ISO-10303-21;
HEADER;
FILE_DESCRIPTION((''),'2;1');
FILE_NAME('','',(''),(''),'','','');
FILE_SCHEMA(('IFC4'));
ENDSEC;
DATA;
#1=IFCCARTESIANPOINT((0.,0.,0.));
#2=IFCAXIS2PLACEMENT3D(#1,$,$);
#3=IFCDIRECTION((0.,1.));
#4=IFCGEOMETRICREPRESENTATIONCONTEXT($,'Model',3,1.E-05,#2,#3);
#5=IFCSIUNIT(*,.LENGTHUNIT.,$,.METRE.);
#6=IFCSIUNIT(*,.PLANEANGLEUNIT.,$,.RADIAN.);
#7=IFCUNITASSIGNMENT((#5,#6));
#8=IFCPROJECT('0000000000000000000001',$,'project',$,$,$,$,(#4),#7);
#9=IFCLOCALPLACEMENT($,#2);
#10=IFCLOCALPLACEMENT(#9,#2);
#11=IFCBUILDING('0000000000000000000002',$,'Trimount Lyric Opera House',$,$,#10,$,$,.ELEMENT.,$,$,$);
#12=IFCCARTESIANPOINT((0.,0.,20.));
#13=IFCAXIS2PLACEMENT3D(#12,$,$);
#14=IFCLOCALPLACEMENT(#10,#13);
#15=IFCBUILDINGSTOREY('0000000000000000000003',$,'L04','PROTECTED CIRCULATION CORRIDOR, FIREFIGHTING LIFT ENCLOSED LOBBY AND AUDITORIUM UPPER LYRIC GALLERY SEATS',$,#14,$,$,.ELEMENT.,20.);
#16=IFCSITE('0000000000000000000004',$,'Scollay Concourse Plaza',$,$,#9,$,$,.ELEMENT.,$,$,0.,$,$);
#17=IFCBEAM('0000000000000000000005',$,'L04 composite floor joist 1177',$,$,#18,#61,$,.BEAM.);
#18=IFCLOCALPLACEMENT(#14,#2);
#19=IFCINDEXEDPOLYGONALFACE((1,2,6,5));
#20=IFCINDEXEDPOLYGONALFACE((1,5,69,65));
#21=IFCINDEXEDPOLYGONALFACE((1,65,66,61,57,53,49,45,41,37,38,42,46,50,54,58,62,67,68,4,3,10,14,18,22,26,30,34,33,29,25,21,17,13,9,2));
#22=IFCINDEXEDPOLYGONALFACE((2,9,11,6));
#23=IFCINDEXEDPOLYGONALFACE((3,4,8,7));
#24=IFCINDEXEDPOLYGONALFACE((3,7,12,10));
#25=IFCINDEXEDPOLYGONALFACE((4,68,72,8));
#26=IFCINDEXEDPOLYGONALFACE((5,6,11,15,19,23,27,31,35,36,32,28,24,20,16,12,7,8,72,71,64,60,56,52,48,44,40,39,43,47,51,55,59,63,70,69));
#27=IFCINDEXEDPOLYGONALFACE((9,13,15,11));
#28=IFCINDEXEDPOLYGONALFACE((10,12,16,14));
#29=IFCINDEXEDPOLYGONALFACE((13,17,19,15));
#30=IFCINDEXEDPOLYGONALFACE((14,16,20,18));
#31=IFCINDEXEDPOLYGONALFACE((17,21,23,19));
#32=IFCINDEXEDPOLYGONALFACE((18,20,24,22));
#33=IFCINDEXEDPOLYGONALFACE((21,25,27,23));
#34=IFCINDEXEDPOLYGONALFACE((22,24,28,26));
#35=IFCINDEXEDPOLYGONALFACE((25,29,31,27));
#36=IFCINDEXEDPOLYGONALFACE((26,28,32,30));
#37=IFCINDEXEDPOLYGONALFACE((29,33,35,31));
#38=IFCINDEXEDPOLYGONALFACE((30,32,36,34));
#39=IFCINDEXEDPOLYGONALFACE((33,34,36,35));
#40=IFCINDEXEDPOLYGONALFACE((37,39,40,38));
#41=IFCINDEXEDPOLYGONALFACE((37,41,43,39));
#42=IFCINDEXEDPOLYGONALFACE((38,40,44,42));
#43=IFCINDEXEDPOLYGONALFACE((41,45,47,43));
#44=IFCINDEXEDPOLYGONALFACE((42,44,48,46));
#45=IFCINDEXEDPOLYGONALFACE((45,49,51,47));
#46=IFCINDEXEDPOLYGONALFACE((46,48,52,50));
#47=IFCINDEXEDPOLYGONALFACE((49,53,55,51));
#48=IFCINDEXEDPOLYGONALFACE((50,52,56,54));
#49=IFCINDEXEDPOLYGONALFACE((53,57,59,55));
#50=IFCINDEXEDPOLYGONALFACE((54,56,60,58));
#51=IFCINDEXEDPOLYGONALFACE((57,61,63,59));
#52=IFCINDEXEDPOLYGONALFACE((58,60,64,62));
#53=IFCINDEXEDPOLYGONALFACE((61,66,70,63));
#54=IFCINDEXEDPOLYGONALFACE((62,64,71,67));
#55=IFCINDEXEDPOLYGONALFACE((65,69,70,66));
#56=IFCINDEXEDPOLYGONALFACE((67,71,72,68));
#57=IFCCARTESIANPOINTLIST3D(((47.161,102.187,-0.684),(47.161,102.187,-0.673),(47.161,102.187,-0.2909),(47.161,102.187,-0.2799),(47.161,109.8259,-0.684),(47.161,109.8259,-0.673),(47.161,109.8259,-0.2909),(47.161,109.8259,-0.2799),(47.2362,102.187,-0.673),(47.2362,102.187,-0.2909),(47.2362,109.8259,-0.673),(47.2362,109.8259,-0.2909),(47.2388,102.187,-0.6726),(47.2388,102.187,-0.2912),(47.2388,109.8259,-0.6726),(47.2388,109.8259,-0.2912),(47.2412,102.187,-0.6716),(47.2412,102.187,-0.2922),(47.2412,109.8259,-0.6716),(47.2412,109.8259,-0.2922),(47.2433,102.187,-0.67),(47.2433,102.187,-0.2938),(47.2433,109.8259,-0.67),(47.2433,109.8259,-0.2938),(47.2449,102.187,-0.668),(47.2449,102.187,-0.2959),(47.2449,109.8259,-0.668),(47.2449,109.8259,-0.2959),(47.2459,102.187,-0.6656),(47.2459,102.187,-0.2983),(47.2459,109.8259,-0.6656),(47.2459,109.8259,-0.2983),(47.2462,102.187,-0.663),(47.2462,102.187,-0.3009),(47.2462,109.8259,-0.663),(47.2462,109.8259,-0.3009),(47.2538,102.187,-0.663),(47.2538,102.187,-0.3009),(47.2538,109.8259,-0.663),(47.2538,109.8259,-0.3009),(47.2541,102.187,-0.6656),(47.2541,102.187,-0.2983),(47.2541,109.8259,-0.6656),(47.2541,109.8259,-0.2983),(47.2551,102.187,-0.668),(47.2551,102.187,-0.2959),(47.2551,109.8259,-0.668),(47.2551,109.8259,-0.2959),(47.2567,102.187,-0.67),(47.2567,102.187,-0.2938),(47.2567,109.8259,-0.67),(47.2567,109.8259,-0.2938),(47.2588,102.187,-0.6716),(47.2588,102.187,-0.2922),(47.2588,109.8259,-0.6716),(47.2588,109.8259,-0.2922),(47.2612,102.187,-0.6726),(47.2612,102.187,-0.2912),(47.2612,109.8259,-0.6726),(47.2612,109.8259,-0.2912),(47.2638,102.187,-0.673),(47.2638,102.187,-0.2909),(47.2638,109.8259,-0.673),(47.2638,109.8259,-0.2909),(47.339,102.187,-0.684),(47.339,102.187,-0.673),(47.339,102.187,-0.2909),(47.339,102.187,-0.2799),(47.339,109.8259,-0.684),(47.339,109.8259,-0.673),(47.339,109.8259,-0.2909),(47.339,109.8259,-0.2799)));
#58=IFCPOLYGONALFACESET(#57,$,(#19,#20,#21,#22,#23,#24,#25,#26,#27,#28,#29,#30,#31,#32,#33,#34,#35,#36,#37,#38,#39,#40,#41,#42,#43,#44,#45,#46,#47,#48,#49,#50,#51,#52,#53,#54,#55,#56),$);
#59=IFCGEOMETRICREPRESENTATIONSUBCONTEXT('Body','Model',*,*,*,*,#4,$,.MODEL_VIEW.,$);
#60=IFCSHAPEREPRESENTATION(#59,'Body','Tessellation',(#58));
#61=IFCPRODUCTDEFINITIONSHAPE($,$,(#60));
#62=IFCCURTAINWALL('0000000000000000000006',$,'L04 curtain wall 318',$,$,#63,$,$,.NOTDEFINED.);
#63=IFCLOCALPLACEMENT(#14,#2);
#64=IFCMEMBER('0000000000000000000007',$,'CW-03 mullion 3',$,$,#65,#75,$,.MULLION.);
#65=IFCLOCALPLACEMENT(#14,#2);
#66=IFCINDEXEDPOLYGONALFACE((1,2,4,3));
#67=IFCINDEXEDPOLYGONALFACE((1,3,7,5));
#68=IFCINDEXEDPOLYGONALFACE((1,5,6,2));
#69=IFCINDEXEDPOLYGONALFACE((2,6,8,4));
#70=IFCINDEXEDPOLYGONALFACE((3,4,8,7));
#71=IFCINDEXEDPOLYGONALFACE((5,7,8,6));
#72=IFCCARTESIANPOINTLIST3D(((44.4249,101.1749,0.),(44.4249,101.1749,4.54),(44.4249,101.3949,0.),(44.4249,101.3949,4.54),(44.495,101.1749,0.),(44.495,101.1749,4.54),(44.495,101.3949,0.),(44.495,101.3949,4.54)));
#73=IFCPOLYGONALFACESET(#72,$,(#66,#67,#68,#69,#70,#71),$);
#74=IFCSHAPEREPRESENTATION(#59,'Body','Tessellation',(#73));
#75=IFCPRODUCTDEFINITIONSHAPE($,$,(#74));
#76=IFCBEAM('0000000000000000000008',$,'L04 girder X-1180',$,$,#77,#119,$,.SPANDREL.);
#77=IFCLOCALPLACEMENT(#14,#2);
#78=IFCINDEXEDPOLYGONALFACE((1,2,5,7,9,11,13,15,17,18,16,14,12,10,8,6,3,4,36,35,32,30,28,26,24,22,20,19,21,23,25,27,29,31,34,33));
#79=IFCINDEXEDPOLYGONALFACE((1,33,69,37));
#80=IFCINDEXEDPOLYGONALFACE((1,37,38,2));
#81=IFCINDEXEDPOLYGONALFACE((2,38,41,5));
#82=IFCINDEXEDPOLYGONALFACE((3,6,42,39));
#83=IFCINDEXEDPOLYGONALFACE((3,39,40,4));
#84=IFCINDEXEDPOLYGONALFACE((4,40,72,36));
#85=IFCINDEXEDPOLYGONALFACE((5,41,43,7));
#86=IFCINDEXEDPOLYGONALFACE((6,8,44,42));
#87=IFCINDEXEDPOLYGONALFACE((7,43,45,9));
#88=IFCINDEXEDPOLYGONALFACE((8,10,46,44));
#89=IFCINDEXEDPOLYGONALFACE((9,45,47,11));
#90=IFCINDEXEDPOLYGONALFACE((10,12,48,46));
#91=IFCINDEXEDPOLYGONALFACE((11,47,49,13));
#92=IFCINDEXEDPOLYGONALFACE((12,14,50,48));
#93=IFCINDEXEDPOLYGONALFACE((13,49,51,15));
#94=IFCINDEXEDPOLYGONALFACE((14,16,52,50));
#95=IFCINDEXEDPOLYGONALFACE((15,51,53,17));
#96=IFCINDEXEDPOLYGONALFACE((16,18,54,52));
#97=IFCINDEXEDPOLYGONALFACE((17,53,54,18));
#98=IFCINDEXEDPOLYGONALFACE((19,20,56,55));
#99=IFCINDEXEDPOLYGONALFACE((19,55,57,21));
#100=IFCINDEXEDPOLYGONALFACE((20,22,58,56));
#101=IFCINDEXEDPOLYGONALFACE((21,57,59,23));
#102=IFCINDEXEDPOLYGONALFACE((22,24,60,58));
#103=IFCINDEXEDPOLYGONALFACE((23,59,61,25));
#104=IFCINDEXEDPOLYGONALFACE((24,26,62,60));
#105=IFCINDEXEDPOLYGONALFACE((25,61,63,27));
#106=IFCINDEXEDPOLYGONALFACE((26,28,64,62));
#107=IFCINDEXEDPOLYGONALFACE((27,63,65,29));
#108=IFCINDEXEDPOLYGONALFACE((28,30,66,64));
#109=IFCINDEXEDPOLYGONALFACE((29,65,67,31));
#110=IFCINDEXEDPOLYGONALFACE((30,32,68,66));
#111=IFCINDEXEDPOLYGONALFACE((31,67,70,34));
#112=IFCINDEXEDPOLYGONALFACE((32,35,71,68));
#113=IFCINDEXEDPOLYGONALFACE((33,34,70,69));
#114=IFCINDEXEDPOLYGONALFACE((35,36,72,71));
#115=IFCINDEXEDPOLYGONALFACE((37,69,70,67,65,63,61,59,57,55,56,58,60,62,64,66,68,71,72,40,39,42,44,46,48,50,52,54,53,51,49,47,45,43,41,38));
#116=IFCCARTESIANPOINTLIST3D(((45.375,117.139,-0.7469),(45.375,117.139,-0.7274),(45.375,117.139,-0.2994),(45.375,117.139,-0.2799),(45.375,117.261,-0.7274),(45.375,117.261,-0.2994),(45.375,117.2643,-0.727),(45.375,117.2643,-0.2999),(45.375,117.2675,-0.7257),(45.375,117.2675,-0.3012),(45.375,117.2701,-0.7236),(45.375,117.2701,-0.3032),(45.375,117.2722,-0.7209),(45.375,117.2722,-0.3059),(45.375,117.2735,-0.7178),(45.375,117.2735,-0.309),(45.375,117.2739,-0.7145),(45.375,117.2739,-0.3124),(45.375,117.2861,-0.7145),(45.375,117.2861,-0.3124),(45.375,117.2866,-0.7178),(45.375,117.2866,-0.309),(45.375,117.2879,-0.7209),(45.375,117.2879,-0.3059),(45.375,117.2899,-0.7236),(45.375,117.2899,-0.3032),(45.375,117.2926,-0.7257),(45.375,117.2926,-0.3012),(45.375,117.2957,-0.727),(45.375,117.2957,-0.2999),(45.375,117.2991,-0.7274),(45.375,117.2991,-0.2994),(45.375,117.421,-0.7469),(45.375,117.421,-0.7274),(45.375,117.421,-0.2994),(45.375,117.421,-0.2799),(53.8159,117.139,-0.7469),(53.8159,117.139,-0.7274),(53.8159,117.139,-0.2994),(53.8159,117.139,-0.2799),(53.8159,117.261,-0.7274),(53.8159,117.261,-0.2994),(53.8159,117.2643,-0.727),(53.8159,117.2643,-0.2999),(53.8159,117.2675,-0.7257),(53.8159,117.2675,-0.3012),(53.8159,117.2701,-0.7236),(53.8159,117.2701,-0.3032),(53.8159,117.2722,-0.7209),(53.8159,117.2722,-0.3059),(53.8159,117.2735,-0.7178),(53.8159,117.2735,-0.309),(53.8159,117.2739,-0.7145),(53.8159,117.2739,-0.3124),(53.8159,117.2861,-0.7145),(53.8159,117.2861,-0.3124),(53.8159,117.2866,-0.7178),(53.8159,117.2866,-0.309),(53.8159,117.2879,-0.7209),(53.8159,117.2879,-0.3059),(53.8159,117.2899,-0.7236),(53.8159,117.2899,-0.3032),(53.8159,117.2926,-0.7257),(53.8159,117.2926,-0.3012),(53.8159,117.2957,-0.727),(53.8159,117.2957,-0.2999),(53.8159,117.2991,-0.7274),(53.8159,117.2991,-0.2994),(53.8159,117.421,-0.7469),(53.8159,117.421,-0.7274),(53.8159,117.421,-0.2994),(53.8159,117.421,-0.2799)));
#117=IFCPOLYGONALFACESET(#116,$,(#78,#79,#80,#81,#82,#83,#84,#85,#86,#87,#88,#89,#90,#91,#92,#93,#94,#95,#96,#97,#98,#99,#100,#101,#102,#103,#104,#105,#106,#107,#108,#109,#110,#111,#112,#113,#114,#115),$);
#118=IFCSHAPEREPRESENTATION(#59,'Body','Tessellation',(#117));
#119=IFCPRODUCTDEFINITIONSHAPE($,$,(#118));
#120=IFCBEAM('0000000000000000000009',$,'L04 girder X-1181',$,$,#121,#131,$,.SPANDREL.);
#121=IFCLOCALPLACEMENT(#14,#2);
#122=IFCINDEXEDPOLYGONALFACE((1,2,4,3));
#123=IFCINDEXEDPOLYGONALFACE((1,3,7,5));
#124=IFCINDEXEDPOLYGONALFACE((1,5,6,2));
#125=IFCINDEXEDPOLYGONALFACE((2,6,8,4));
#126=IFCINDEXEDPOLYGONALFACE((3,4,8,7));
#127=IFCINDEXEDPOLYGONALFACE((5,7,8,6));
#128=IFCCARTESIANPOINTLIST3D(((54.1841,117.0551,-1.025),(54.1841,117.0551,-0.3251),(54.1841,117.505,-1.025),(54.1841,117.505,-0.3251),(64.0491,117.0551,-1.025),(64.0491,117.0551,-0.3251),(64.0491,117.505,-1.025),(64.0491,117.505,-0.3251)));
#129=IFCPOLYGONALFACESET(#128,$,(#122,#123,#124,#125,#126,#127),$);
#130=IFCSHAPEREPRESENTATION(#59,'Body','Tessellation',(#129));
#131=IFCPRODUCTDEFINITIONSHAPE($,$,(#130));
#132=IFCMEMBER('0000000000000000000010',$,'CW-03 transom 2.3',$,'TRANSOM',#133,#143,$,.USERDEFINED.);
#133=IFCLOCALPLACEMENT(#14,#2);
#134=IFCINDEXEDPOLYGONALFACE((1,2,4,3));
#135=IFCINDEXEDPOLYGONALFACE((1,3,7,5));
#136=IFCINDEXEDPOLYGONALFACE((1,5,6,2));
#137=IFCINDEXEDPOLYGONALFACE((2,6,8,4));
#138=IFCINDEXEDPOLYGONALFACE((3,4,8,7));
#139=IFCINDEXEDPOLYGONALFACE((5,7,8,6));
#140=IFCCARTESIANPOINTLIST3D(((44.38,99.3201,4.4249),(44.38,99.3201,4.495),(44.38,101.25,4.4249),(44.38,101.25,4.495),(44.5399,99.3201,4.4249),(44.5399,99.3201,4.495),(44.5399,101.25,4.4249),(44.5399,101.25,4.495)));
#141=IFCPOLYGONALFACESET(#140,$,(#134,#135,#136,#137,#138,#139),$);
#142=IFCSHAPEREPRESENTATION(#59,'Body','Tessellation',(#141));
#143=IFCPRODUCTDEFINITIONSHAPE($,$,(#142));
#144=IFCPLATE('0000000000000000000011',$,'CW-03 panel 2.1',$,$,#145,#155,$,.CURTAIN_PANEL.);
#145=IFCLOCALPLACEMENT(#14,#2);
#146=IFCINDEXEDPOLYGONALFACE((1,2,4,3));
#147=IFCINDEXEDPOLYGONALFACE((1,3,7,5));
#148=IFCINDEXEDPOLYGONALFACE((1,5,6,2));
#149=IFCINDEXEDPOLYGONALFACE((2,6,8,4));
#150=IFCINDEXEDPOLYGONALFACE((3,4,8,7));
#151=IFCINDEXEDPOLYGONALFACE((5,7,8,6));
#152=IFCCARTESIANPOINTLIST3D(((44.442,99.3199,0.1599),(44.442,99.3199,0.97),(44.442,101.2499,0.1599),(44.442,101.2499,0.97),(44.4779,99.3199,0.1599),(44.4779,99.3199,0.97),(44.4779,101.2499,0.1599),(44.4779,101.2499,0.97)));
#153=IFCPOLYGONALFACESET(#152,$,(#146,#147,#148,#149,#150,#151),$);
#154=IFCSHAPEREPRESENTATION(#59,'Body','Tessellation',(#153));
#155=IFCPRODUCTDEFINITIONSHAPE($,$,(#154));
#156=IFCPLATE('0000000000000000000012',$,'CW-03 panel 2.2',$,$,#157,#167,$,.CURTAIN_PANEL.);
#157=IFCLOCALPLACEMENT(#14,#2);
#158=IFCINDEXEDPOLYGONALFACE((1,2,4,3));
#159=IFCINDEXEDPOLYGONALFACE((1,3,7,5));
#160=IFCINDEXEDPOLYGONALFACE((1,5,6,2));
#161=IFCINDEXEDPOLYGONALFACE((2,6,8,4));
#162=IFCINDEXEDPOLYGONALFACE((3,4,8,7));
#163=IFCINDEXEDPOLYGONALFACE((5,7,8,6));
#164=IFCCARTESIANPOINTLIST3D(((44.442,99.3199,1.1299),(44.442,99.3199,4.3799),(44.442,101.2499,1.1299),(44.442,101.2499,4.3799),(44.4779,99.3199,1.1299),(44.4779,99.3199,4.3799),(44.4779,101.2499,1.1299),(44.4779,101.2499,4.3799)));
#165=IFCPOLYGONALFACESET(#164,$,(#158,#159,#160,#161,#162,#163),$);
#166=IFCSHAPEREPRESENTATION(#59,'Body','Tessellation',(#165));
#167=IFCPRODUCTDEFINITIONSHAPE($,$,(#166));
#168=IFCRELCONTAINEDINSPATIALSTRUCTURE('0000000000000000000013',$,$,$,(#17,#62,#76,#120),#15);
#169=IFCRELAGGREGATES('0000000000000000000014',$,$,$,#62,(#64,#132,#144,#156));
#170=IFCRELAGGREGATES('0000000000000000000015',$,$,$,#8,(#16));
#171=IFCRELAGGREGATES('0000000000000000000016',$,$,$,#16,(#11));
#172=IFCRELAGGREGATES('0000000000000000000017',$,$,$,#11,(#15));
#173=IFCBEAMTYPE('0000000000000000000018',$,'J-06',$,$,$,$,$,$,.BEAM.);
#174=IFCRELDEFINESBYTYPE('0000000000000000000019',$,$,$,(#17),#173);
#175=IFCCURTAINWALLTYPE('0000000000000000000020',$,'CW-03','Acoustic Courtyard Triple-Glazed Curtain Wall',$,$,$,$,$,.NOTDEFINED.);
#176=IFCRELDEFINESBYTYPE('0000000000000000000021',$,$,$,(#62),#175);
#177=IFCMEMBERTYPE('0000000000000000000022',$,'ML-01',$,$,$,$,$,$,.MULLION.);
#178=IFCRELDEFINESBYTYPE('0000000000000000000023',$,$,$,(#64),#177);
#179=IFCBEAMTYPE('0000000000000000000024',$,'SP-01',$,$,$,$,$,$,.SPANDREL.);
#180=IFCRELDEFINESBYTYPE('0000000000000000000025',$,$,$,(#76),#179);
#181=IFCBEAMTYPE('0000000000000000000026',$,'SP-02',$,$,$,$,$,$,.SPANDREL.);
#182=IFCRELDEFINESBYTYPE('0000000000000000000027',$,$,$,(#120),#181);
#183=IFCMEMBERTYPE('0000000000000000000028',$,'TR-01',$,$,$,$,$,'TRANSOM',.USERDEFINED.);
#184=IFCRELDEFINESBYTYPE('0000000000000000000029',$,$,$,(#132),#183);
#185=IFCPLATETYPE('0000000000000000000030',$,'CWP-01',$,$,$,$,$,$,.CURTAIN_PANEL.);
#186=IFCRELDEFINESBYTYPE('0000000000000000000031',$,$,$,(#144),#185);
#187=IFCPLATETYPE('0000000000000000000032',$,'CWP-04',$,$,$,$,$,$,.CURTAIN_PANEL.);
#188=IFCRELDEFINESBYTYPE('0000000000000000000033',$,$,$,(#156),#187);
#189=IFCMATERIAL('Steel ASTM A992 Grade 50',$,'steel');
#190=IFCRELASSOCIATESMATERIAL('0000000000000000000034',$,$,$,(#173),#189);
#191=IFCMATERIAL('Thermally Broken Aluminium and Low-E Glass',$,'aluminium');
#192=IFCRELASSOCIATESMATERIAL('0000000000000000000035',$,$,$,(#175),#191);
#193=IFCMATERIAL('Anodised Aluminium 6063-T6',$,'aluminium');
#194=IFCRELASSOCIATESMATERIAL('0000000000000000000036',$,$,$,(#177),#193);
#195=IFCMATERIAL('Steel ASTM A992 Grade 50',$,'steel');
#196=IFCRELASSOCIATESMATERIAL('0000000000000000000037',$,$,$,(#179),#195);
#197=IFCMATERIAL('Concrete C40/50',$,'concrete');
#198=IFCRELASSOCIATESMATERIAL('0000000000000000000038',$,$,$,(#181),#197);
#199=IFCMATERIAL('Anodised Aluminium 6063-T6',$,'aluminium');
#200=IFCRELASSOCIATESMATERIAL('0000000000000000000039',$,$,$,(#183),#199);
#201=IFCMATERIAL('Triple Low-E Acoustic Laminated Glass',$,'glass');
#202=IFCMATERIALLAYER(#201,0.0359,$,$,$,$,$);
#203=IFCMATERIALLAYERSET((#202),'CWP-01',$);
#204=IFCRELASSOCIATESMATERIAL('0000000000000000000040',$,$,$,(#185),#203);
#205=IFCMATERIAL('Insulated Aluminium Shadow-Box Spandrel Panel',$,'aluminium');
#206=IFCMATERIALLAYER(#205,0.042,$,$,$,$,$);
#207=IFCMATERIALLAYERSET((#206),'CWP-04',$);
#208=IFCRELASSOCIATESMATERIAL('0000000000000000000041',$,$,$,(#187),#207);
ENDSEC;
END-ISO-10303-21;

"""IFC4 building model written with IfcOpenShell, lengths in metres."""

from ifc_helpers import new_model, si_unit, direction, frame, origin, origin_2d, place, context, subcontext, project, spatial, rectangle, i_section, extrude, material, layer, layer_set, material_profile, profile_set, type_object, element, aggregate, save


model = new_model("IFC4")

# Units and contexts
model_context = context("Model", 3, precision=1e-05, world=origin(), true_north=direction((0.0, 1.0)))
body_context = subcontext(model_context, "Body", "Model", "MODEL_VIEW")
ifc_project = project(units=[si_unit("LENGTHUNIT", "METRE"), si_unit("PLANEANGLEUNIT", "RADIAN")], contexts=[model_context])

# Site, building, storey
site_placement = place(None, origin())
site = spatial("IfcSite", under=ifc_project, at=site_placement, Name="Scollay Concourse Plaza", CompositionType="ELEMENT", RefElevation=0.0)
building_placement = place(site_placement, origin())
building = spatial("IfcBuilding", under=site, at=building_placement, Name="Trimount Lyric Opera House", CompositionType="ELEMENT")
storey_placement = place(building_placement, frame((0.0, 0.0, 20.0)))
storey = spatial("IfcBuildingStorey", under=building, at=storey_placement, Name="L04", Description="PROTECTED CIRCULATION CORRIDOR, FIREFIGHTING LIFT ENCLOSED LOBBY AND AUDITORIUM UPPER LYRIC GALLERY SEATS", CompositionType="ELEMENT", Elevation=20.0)

# Beam
ifc_material_1 = material(Name="Steel ASTM A992 Grade 50", Category="steel")
ifc_material_profile_1 = material_profile(ifc_material_1, i_section(OverallWidth=0.178, OverallDepth=0.4041, WebThickness=0.0076, FlangeThickness=0.011, FilletRadius=0.01, at=origin_2d()), Name="W16X36")
ifc_profile_set_1 = profile_set([ifc_material_profile_1], Name="Steel ASTM A992 Grade 50")
beam_type_1 = type_object("IfcBeamType", Name="J-06", PredefinedType="BEAM", material=ifc_profile_set_1)
beam_1_placement = place(storey_placement, frame((47.25, 102.187, -0.4819), z_axis=(0.0, 1.0, 0.0), x_axis=(-1.0, 0.0, 0.0)))
element("IfcBeam", 1, at=beam_1_placement, inside=storey, type_object=beam_type_1, Name="L04 composite floor joist 1177", PredefinedType="BEAM", context=body_context, shape_type="SweptSolid", body=[
    extrude(i_section(OverallWidth=0.178, OverallDepth=0.4041, WebThickness=0.0076, FlangeThickness=0.011, FilletRadius=0.01, at=origin_2d()), origin(), (0.0, 0.0, 1.0), 7.6389),
])

# Curtain wall, member
ifc_material_2 = material(Name="Thermally Broken Aluminium and Low-E Glass", Category="aluminium")
curtain_wall_type = type_object("IfcCurtainWallType", Name="CW-03", Description="Acoustic Courtyard Triple-Glazed Curtain Wall", PredefinedType="NOTDEFINED", material=ifc_material_2)
curtain_wall_placement = place(storey_placement, origin())
curtain_wall = element("IfcCurtainWall", 2, at=curtain_wall_placement, inside=storey, type_object=curtain_wall_type, Name="L04 curtain wall 318", PredefinedType="NOTDEFINED")
ifc_material_3 = material(Name="Anodised Aluminium 6063-T6", Category="aluminium")
ifc_material_profile_2 = material_profile(ifc_material_3, rectangle(XDim=0.0701, YDim=0.22, at=origin_2d()), Name="ALU-MULL-70X220")
ifc_profile_set_2 = profile_set([ifc_material_profile_2], Name="Anodised Aluminium 6063-T6")
member_type_1 = type_object("IfcMemberType", Name="ML-01", PredefinedType="MULLION", material=ifc_profile_set_2)
member_1_placement = place(storey_placement, frame((44.46, 101.2849, 0.0), z_axis=(0.0, 0.0, 1.0), x_axis=(-1.0, 0.0, 0.0)))
member_1 = element("IfcMember", 3, at=member_1_placement, type_object=member_type_1, Name="CW-03 mullion 3", PredefinedType="MULLION", context=body_context, shape_type="SweptSolid", body=[
    extrude(rectangle(XDim=0.0701, YDim=0.22, at=origin_2d()), origin(), (0.0, 0.0, 1.0), 4.54),
])

# Beams
ifc_material_4 = material(Name="Steel ASTM A992 Grade 50", Category="steel")
ifc_material_profile_3 = material_profile(ifc_material_4, i_section(OverallWidth=0.282, OverallDepth=0.467, WebThickness=0.0122, FlangeThickness=0.0195, FilletRadius=0.0129, at=origin_2d()), Name="W18X86")
ifc_profile_set_3 = profile_set([ifc_material_profile_3], Name="Steel ASTM A992 Grade 50")
beam_type_2 = type_object("IfcBeamType", Name="SP-01", PredefinedType="SPANDREL", material=ifc_profile_set_3)
beam_2_placement = place(storey_placement, frame((45.375, 117.28, -0.5134), z_axis=(1.0, 0.0, 0.0), x_axis=(0.0, 1.0, 0.0)))
element("IfcBeam", 4, at=beam_2_placement, inside=storey, type_object=beam_type_2, Name="L04 girder X-1180", PredefinedType="SPANDREL", context=body_context, shape_type="SweptSolid", body=[
    extrude(i_section(OverallWidth=0.282, OverallDepth=0.467, WebThickness=0.0122, FlangeThickness=0.0195, FilletRadius=0.0129, at=origin_2d()), origin(), (0.0, 0.0, 1.0), 8.4409),
])
ifc_material_5 = material(Name="Concrete C40/50", Category="concrete")
ifc_material_profile_4 = material_profile(ifc_material_5, rectangle(XDim=0.45, YDim=0.7, at=origin_2d()), Name="RC450X700")
ifc_profile_set_4 = profile_set([ifc_material_profile_4], Name="Concrete C40/50")
beam_type_3 = type_object("IfcBeamType", Name="SP-02", PredefinedType="SPANDREL", material=ifc_profile_set_4)
beam_3_placement = place(storey_placement, frame((54.1841, 117.28, -0.675), z_axis=(1.0, 0.0, 0.0), x_axis=(0.0, 1.0, 0.0)))
element("IfcBeam", 5, at=beam_3_placement, inside=storey, type_object=beam_type_3, Name="L04 girder X-1181", PredefinedType="SPANDREL", context=body_context, shape_type="SweptSolid", body=[
    extrude(rectangle(XDim=0.45, YDim=0.7, at=origin_2d()), origin(), (0.0, 0.0, 1.0), 9.865),
])

# Member
ifc_material_6 = material(Name="Anodised Aluminium 6063-T6", Category="aluminium")
ifc_material_profile_5 = material_profile(ifc_material_6, rectangle(XDim=0.1599, YDim=0.0701, at=origin_2d()), Name="ALU-TRAN-70X160")
ifc_profile_set_5 = profile_set([ifc_material_profile_5], Name="Anodised Aluminium 6063-T6")
member_type_2 = type_object("IfcMemberType", Name="TR-01", ElementType="TRANSOM", PredefinedType="USERDEFINED", material=ifc_profile_set_5)
member_2_placement = place(storey_placement, frame((44.46, 99.3201, 4.46), z_axis=(0.0, 1.0, 0.0), x_axis=(-1.0, 0.0, 0.0)))
member_2 = element("IfcMember", 6, at=member_2_placement, type_object=member_type_2, Name="CW-03 transom 2.3", ObjectType="TRANSOM", PredefinedType="USERDEFINED", context=body_context, shape_type="SweptSolid", body=[
    extrude(rectangle(XDim=0.1599, YDim=0.0701, at=origin_2d()), origin(), (0.0, 0.0, 1.0), 1.9299),
])

# Plates
ifc_material_7 = material(Name="Triple Low-E Acoustic Laminated Glass", Category="glass")
ifc_layer_1 = layer(ifc_material_7, 0.0359)
ifc_layer_set_1 = layer_set([ifc_layer_1], Name="CWP-01")
plate_type_1 = type_object("IfcPlateType", Name="CWP-01", PredefinedType="CURTAIN_PANEL", material=ifc_layer_set_1)
plate_1_placement = place(storey_placement, frame((44.46, 100.2849, 0.1599), z_axis=(0.0, 0.0, 1.0), x_axis=(0.0, 1.0, 0.0)))
plate_1 = element("IfcPlate", 7, at=plate_1_placement, type_object=plate_type_1, Name="CW-03 panel 2.1", PredefinedType="CURTAIN_PANEL", context=body_context, shape_type="SweptSolid", body=[
    extrude(rectangle(XDim=1.9299, YDim=0.0359, at=origin_2d()), origin(), (0.0, 0.0, 1.0), 0.8101),
])
ifc_material_8 = material(Name="Insulated Aluminium Shadow-Box Spandrel Panel", Category="aluminium")
ifc_layer_2 = layer(ifc_material_8, 0.042)
ifc_layer_set_2 = layer_set([ifc_layer_2], Name="CWP-04")
plate_type_2 = type_object("IfcPlateType", Name="CWP-04", PredefinedType="CURTAIN_PANEL", material=ifc_layer_set_2)
plate_2_placement = place(storey_placement, frame((44.46, 100.2849, 1.1299), z_axis=(0.0, 0.0, 1.0), x_axis=(0.0, 1.0, 0.0)))
plate_2 = element("IfcPlate", 8, at=plate_2_placement, type_object=plate_type_2, Name="CW-03 panel 2.2", PredefinedType="CURTAIN_PANEL", context=body_context, shape_type="SweptSolid", body=[
    extrude(rectangle(XDim=1.9299, YDim=0.0359, at=origin_2d()), origin(), (0.0, 0.0, 1.0), 3.25),
])
aggregate(curtain_wall, [member_1, member_2, plate_1, plate_2])

save(model, "model.ifc")
